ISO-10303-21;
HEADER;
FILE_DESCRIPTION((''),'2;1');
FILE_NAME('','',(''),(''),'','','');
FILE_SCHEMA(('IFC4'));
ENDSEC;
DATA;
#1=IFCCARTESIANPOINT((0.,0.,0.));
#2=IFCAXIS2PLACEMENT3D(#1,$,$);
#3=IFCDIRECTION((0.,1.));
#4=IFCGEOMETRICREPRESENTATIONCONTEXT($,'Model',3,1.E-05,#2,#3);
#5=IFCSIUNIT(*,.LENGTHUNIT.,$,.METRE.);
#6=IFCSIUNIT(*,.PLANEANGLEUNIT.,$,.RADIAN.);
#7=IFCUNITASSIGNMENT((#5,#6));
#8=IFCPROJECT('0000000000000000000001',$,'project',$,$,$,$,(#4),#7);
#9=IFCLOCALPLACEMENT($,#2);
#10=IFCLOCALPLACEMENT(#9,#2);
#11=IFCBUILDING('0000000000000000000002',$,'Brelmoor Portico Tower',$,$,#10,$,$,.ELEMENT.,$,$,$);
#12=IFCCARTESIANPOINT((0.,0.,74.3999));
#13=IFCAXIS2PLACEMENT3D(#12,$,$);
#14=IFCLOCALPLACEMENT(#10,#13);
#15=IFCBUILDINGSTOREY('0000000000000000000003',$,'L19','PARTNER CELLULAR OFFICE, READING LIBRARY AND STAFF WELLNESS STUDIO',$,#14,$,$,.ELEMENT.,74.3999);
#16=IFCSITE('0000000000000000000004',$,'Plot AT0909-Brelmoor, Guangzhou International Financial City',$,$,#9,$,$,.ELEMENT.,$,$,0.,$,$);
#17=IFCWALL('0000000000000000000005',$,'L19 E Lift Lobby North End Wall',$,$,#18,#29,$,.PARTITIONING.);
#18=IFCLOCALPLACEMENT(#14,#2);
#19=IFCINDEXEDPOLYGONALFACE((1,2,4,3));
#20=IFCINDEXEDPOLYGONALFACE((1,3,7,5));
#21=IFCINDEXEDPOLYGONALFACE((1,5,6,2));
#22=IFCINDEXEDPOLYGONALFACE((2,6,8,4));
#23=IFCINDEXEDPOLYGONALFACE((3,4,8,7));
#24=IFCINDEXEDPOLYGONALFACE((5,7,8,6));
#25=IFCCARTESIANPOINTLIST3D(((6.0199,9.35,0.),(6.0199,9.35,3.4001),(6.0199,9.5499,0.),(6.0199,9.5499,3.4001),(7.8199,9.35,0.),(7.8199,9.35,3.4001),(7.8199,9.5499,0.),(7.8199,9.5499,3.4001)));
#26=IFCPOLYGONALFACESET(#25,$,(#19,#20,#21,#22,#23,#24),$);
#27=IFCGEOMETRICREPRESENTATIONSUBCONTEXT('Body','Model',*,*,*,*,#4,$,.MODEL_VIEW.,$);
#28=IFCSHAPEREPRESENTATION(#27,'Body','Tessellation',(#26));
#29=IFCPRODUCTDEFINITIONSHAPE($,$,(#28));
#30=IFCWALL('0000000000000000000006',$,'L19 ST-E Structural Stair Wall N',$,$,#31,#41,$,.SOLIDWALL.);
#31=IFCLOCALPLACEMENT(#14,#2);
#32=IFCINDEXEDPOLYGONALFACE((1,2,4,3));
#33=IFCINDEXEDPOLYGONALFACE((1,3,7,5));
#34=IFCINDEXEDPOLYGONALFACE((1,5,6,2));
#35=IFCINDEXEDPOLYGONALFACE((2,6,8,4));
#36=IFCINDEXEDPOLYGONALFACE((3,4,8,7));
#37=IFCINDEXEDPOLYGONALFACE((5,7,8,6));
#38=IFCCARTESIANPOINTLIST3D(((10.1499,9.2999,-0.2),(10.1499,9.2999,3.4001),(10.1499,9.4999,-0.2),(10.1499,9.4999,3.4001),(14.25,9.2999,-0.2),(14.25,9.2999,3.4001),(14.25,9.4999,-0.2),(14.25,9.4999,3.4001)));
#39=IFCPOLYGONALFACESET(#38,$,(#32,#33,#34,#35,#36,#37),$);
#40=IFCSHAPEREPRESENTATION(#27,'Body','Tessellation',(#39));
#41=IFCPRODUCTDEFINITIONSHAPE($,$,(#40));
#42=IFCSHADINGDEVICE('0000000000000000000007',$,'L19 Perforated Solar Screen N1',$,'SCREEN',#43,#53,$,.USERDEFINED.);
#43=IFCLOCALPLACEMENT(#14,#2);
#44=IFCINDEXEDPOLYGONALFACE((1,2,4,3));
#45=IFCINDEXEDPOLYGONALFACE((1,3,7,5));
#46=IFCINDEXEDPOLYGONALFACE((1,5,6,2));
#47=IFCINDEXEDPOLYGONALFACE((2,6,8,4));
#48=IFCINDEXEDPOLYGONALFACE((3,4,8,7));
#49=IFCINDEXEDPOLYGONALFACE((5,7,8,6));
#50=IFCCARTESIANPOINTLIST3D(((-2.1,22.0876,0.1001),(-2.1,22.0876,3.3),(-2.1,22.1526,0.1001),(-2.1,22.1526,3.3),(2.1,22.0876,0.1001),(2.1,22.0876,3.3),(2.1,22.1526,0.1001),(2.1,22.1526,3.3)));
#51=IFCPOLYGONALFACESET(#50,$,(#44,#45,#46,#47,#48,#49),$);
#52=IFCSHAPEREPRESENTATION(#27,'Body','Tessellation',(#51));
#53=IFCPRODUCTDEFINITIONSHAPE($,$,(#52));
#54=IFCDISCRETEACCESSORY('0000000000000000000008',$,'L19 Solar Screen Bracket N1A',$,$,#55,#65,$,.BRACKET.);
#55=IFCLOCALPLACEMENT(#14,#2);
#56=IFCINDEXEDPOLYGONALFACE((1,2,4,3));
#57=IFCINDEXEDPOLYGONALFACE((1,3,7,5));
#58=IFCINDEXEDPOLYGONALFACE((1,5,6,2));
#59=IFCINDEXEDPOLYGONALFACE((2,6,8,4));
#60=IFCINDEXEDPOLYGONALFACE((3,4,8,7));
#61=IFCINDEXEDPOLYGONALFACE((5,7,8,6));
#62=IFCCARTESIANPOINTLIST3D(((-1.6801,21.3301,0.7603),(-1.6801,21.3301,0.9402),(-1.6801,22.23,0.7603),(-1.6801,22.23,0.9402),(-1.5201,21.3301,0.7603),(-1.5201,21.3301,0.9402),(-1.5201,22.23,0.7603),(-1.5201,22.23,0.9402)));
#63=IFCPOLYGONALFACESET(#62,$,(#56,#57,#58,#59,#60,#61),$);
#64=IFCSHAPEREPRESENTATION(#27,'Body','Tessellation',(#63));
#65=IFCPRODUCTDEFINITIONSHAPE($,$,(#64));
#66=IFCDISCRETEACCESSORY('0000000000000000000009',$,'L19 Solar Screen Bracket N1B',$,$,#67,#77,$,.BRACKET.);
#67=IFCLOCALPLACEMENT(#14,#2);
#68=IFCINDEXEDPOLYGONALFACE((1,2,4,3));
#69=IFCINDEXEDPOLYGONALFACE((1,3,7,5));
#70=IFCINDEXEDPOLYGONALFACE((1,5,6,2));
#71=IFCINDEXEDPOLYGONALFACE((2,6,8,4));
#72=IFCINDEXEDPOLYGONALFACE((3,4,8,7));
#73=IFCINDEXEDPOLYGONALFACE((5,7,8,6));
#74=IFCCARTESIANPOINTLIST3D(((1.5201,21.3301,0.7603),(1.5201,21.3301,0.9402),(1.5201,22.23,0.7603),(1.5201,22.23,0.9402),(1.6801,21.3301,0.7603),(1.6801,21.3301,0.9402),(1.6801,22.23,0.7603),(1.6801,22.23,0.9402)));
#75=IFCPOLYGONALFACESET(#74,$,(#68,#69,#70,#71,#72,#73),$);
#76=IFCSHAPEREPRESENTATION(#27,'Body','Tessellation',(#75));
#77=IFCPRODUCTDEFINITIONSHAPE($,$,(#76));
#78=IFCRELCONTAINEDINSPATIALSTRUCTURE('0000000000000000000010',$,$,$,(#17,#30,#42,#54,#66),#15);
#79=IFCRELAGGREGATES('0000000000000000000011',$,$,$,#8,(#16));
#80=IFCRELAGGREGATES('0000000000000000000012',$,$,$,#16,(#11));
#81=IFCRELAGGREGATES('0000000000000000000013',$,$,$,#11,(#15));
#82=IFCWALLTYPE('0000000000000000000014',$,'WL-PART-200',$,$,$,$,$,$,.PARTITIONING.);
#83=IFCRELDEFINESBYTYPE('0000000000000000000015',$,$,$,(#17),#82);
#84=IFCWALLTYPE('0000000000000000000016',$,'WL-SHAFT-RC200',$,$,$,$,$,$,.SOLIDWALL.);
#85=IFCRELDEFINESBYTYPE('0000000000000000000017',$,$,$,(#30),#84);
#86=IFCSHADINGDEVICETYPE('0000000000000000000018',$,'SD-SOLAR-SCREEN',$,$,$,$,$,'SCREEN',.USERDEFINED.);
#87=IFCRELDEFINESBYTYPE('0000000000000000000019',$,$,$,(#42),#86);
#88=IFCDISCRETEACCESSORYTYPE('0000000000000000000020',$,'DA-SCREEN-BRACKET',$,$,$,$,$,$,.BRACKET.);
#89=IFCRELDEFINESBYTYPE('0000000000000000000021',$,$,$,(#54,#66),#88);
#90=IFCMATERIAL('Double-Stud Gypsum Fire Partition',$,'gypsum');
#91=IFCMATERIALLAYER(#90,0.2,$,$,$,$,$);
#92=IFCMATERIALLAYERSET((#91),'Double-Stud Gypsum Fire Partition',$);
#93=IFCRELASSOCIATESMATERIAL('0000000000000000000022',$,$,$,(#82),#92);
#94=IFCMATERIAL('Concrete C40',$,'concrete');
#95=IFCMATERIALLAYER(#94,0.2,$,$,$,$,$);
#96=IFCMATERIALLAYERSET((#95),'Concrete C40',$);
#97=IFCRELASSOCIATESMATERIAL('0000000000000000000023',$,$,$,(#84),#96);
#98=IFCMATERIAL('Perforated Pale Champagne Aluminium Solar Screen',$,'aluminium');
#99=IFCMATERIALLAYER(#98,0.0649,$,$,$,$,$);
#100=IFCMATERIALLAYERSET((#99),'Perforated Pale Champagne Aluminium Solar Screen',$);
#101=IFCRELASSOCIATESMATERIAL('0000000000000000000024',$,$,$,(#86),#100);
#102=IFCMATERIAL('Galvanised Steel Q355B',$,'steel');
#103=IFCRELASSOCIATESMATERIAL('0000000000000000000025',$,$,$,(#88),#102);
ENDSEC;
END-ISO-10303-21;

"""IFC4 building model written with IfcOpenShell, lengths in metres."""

from ifc_helpers import new_model, si_unit, direction, frame, frame_2d, origin, origin_2d, place, context, subcontext, project, spatial, rectangle, extrude, material, layer, layer_set, type_object, element, save


model = new_model("IFC4")

# Units and contexts
model_context = context("Model", 3, precision=1e-05, world=origin(), true_north=direction((0.0, 1.0)))
body_context = subcontext(model_context, "Body", "Model", "MODEL_VIEW")
ifc_project = project(units=[si_unit("LENGTHUNIT", "METRE"), si_unit("PLANEANGLEUNIT", "RADIAN")], contexts=[model_context])

# Site, building, storey
site_placement = place(None, origin())
site = spatial("IfcSite", under=ifc_project, at=site_placement, Name="Plot AT0909-Brelmoor, Guangzhou International Financial City", CompositionType="ELEMENT", RefElevation=0.0)
building_placement = place(site_placement, origin())
building = spatial("IfcBuilding", under=site, at=building_placement, Name="Brelmoor Portico Tower", CompositionType="ELEMENT")
storey_placement = place(building_placement, frame((0.0, 0.0, 74.3999)))
storey = spatial("IfcBuildingStorey", under=building, at=storey_placement, Name="L19", Description="PARTNER CELLULAR OFFICE, READING LIBRARY AND STAFF WELLNESS STUDIO", CompositionType="ELEMENT", Elevation=74.3999)

# Walls
ifc_material_1 = material(Name="Double-Stud Gypsum Fire Partition", Category="gypsum")
ifc_layer_1 = layer(ifc_material_1, 0.2)
ifc_layer_set_1 = layer_set([ifc_layer_1], Name="Double-Stud Gypsum Fire Partition")
wall_type_1 = type_object("IfcWallType", Name="WL-PART-200", PredefinedType="PARTITIONING", material=ifc_layer_set_1)
for number, where, z_axis, x_axis, name in (
    (1, (6.02, 9.45, 0.0), (0.0, 0.0, 1.0), (1.0, 0.0, 0.0), "L19 E Lift Lobby North End Wall"),
):
    element("IfcWall", number, at=place(storey_placement, frame(where, z_axis=z_axis, x_axis=x_axis)), inside=storey, type_object=wall_type_1, Name=name, PredefinedType="PARTITIONING", context=body_context, shape_type="SweptSolid", body=[
        extrude(rectangle(XDim=1.8, YDim=0.2, at=frame_2d((0.8999, 0.0))), origin(), (0.0, 0.0, 1.0), 3.4001),
    ])
ifc_material_2 = material(Name="Concrete C40", Category="concrete")
ifc_layer_2 = layer(ifc_material_2, 0.2)
ifc_layer_set_2 = layer_set([ifc_layer_2], Name="Concrete C40")
wall_type_2 = type_object("IfcWallType", Name="WL-SHAFT-RC200", PredefinedType="SOLIDWALL", material=ifc_layer_set_2)
wall_1_placement = place(storey_placement, frame((10.1499, 9.3999, -0.2), z_axis=(0.0, 0.0, 1.0), x_axis=(1.0, 0.0, 0.0)))
element("IfcWall", 2, at=wall_1_placement, inside=storey, type_object=wall_type_2, Name="L19 ST-E Structural Stair Wall N", PredefinedType="SOLIDWALL", context=body_context, shape_type="SweptSolid", body=[
    extrude(rectangle(XDim=4.1001, YDim=0.2, at=frame_2d((2.05, 0.0))), origin(), (0.0, 0.0, 1.0), 3.6001),
])

# Shading device
ifc_material_3 = material(Name="Perforated Pale Champagne Aluminium Solar Screen", Category="aluminium")
ifc_layer_3 = layer(ifc_material_3, 0.0649)
ifc_layer_set_3 = layer_set([ifc_layer_3], Name="Perforated Pale Champagne Aluminium Solar Screen")
shading_device_type = type_object("IfcShadingDeviceType", Name="SD-SOLAR-SCREEN", ElementType="SCREEN", PredefinedType="USERDEFINED", material=ifc_layer_set_3)
shading_device_placement = place(storey_placement, frame((0.0, 22.1201, 0.1001), z_axis=(0.0, 0.0, 1.0), x_axis=(1.0, 0.0, 0.0)))
element("IfcShadingDevice", 3, at=shading_device_placement, inside=storey, type_object=shading_device_type, Name="L19 Perforated Solar Screen N1", ObjectType="SCREEN", PredefinedType="USERDEFINED", context=body_context, shape_type="SweptSolid", body=[
    extrude(rectangle(XDim=4.2, YDim=0.0649, at=origin_2d()), origin(), (0.0, 0.0, 1.0), 3.2),
])

# Discrete accessories
ifc_material_4 = material(Name="Galvanised Steel Q355B", Category="steel")
discrete_accessory_type = type_object("IfcDiscreteAccessoryType", Name="DA-SCREEN-BRACKET", PredefinedType="BRACKET", material=ifc_material_4)
for number, where, z_axis, x_axis, name in (
    (4, (-1.6001, 21.78, 0.7603), (0.0, 0.0, 1.0), (1.0, 0.0, 0.0), "L19 Solar Screen Bracket N1A"),
    (5, (1.6001, 21.78, 0.7603), (0.0, 0.0, 1.0), (1.0, 0.0, 0.0), "L19 Solar Screen Bracket N1B"),
):
    element("IfcDiscreteAccessory", number, at=place(storey_placement, frame(where, z_axis=z_axis, x_axis=x_axis)), inside=storey, type_object=discrete_accessory_type, Name=name, PredefinedType="BRACKET", context=body_context, shape_type="SweptSolid", body=[
        extrude(rectangle(XDim=0.1599, YDim=0.8999, at=origin_2d()), origin(), (0.0, 0.0, 1.0), 0.1799),
    ])

save(model, "model.ifc")
